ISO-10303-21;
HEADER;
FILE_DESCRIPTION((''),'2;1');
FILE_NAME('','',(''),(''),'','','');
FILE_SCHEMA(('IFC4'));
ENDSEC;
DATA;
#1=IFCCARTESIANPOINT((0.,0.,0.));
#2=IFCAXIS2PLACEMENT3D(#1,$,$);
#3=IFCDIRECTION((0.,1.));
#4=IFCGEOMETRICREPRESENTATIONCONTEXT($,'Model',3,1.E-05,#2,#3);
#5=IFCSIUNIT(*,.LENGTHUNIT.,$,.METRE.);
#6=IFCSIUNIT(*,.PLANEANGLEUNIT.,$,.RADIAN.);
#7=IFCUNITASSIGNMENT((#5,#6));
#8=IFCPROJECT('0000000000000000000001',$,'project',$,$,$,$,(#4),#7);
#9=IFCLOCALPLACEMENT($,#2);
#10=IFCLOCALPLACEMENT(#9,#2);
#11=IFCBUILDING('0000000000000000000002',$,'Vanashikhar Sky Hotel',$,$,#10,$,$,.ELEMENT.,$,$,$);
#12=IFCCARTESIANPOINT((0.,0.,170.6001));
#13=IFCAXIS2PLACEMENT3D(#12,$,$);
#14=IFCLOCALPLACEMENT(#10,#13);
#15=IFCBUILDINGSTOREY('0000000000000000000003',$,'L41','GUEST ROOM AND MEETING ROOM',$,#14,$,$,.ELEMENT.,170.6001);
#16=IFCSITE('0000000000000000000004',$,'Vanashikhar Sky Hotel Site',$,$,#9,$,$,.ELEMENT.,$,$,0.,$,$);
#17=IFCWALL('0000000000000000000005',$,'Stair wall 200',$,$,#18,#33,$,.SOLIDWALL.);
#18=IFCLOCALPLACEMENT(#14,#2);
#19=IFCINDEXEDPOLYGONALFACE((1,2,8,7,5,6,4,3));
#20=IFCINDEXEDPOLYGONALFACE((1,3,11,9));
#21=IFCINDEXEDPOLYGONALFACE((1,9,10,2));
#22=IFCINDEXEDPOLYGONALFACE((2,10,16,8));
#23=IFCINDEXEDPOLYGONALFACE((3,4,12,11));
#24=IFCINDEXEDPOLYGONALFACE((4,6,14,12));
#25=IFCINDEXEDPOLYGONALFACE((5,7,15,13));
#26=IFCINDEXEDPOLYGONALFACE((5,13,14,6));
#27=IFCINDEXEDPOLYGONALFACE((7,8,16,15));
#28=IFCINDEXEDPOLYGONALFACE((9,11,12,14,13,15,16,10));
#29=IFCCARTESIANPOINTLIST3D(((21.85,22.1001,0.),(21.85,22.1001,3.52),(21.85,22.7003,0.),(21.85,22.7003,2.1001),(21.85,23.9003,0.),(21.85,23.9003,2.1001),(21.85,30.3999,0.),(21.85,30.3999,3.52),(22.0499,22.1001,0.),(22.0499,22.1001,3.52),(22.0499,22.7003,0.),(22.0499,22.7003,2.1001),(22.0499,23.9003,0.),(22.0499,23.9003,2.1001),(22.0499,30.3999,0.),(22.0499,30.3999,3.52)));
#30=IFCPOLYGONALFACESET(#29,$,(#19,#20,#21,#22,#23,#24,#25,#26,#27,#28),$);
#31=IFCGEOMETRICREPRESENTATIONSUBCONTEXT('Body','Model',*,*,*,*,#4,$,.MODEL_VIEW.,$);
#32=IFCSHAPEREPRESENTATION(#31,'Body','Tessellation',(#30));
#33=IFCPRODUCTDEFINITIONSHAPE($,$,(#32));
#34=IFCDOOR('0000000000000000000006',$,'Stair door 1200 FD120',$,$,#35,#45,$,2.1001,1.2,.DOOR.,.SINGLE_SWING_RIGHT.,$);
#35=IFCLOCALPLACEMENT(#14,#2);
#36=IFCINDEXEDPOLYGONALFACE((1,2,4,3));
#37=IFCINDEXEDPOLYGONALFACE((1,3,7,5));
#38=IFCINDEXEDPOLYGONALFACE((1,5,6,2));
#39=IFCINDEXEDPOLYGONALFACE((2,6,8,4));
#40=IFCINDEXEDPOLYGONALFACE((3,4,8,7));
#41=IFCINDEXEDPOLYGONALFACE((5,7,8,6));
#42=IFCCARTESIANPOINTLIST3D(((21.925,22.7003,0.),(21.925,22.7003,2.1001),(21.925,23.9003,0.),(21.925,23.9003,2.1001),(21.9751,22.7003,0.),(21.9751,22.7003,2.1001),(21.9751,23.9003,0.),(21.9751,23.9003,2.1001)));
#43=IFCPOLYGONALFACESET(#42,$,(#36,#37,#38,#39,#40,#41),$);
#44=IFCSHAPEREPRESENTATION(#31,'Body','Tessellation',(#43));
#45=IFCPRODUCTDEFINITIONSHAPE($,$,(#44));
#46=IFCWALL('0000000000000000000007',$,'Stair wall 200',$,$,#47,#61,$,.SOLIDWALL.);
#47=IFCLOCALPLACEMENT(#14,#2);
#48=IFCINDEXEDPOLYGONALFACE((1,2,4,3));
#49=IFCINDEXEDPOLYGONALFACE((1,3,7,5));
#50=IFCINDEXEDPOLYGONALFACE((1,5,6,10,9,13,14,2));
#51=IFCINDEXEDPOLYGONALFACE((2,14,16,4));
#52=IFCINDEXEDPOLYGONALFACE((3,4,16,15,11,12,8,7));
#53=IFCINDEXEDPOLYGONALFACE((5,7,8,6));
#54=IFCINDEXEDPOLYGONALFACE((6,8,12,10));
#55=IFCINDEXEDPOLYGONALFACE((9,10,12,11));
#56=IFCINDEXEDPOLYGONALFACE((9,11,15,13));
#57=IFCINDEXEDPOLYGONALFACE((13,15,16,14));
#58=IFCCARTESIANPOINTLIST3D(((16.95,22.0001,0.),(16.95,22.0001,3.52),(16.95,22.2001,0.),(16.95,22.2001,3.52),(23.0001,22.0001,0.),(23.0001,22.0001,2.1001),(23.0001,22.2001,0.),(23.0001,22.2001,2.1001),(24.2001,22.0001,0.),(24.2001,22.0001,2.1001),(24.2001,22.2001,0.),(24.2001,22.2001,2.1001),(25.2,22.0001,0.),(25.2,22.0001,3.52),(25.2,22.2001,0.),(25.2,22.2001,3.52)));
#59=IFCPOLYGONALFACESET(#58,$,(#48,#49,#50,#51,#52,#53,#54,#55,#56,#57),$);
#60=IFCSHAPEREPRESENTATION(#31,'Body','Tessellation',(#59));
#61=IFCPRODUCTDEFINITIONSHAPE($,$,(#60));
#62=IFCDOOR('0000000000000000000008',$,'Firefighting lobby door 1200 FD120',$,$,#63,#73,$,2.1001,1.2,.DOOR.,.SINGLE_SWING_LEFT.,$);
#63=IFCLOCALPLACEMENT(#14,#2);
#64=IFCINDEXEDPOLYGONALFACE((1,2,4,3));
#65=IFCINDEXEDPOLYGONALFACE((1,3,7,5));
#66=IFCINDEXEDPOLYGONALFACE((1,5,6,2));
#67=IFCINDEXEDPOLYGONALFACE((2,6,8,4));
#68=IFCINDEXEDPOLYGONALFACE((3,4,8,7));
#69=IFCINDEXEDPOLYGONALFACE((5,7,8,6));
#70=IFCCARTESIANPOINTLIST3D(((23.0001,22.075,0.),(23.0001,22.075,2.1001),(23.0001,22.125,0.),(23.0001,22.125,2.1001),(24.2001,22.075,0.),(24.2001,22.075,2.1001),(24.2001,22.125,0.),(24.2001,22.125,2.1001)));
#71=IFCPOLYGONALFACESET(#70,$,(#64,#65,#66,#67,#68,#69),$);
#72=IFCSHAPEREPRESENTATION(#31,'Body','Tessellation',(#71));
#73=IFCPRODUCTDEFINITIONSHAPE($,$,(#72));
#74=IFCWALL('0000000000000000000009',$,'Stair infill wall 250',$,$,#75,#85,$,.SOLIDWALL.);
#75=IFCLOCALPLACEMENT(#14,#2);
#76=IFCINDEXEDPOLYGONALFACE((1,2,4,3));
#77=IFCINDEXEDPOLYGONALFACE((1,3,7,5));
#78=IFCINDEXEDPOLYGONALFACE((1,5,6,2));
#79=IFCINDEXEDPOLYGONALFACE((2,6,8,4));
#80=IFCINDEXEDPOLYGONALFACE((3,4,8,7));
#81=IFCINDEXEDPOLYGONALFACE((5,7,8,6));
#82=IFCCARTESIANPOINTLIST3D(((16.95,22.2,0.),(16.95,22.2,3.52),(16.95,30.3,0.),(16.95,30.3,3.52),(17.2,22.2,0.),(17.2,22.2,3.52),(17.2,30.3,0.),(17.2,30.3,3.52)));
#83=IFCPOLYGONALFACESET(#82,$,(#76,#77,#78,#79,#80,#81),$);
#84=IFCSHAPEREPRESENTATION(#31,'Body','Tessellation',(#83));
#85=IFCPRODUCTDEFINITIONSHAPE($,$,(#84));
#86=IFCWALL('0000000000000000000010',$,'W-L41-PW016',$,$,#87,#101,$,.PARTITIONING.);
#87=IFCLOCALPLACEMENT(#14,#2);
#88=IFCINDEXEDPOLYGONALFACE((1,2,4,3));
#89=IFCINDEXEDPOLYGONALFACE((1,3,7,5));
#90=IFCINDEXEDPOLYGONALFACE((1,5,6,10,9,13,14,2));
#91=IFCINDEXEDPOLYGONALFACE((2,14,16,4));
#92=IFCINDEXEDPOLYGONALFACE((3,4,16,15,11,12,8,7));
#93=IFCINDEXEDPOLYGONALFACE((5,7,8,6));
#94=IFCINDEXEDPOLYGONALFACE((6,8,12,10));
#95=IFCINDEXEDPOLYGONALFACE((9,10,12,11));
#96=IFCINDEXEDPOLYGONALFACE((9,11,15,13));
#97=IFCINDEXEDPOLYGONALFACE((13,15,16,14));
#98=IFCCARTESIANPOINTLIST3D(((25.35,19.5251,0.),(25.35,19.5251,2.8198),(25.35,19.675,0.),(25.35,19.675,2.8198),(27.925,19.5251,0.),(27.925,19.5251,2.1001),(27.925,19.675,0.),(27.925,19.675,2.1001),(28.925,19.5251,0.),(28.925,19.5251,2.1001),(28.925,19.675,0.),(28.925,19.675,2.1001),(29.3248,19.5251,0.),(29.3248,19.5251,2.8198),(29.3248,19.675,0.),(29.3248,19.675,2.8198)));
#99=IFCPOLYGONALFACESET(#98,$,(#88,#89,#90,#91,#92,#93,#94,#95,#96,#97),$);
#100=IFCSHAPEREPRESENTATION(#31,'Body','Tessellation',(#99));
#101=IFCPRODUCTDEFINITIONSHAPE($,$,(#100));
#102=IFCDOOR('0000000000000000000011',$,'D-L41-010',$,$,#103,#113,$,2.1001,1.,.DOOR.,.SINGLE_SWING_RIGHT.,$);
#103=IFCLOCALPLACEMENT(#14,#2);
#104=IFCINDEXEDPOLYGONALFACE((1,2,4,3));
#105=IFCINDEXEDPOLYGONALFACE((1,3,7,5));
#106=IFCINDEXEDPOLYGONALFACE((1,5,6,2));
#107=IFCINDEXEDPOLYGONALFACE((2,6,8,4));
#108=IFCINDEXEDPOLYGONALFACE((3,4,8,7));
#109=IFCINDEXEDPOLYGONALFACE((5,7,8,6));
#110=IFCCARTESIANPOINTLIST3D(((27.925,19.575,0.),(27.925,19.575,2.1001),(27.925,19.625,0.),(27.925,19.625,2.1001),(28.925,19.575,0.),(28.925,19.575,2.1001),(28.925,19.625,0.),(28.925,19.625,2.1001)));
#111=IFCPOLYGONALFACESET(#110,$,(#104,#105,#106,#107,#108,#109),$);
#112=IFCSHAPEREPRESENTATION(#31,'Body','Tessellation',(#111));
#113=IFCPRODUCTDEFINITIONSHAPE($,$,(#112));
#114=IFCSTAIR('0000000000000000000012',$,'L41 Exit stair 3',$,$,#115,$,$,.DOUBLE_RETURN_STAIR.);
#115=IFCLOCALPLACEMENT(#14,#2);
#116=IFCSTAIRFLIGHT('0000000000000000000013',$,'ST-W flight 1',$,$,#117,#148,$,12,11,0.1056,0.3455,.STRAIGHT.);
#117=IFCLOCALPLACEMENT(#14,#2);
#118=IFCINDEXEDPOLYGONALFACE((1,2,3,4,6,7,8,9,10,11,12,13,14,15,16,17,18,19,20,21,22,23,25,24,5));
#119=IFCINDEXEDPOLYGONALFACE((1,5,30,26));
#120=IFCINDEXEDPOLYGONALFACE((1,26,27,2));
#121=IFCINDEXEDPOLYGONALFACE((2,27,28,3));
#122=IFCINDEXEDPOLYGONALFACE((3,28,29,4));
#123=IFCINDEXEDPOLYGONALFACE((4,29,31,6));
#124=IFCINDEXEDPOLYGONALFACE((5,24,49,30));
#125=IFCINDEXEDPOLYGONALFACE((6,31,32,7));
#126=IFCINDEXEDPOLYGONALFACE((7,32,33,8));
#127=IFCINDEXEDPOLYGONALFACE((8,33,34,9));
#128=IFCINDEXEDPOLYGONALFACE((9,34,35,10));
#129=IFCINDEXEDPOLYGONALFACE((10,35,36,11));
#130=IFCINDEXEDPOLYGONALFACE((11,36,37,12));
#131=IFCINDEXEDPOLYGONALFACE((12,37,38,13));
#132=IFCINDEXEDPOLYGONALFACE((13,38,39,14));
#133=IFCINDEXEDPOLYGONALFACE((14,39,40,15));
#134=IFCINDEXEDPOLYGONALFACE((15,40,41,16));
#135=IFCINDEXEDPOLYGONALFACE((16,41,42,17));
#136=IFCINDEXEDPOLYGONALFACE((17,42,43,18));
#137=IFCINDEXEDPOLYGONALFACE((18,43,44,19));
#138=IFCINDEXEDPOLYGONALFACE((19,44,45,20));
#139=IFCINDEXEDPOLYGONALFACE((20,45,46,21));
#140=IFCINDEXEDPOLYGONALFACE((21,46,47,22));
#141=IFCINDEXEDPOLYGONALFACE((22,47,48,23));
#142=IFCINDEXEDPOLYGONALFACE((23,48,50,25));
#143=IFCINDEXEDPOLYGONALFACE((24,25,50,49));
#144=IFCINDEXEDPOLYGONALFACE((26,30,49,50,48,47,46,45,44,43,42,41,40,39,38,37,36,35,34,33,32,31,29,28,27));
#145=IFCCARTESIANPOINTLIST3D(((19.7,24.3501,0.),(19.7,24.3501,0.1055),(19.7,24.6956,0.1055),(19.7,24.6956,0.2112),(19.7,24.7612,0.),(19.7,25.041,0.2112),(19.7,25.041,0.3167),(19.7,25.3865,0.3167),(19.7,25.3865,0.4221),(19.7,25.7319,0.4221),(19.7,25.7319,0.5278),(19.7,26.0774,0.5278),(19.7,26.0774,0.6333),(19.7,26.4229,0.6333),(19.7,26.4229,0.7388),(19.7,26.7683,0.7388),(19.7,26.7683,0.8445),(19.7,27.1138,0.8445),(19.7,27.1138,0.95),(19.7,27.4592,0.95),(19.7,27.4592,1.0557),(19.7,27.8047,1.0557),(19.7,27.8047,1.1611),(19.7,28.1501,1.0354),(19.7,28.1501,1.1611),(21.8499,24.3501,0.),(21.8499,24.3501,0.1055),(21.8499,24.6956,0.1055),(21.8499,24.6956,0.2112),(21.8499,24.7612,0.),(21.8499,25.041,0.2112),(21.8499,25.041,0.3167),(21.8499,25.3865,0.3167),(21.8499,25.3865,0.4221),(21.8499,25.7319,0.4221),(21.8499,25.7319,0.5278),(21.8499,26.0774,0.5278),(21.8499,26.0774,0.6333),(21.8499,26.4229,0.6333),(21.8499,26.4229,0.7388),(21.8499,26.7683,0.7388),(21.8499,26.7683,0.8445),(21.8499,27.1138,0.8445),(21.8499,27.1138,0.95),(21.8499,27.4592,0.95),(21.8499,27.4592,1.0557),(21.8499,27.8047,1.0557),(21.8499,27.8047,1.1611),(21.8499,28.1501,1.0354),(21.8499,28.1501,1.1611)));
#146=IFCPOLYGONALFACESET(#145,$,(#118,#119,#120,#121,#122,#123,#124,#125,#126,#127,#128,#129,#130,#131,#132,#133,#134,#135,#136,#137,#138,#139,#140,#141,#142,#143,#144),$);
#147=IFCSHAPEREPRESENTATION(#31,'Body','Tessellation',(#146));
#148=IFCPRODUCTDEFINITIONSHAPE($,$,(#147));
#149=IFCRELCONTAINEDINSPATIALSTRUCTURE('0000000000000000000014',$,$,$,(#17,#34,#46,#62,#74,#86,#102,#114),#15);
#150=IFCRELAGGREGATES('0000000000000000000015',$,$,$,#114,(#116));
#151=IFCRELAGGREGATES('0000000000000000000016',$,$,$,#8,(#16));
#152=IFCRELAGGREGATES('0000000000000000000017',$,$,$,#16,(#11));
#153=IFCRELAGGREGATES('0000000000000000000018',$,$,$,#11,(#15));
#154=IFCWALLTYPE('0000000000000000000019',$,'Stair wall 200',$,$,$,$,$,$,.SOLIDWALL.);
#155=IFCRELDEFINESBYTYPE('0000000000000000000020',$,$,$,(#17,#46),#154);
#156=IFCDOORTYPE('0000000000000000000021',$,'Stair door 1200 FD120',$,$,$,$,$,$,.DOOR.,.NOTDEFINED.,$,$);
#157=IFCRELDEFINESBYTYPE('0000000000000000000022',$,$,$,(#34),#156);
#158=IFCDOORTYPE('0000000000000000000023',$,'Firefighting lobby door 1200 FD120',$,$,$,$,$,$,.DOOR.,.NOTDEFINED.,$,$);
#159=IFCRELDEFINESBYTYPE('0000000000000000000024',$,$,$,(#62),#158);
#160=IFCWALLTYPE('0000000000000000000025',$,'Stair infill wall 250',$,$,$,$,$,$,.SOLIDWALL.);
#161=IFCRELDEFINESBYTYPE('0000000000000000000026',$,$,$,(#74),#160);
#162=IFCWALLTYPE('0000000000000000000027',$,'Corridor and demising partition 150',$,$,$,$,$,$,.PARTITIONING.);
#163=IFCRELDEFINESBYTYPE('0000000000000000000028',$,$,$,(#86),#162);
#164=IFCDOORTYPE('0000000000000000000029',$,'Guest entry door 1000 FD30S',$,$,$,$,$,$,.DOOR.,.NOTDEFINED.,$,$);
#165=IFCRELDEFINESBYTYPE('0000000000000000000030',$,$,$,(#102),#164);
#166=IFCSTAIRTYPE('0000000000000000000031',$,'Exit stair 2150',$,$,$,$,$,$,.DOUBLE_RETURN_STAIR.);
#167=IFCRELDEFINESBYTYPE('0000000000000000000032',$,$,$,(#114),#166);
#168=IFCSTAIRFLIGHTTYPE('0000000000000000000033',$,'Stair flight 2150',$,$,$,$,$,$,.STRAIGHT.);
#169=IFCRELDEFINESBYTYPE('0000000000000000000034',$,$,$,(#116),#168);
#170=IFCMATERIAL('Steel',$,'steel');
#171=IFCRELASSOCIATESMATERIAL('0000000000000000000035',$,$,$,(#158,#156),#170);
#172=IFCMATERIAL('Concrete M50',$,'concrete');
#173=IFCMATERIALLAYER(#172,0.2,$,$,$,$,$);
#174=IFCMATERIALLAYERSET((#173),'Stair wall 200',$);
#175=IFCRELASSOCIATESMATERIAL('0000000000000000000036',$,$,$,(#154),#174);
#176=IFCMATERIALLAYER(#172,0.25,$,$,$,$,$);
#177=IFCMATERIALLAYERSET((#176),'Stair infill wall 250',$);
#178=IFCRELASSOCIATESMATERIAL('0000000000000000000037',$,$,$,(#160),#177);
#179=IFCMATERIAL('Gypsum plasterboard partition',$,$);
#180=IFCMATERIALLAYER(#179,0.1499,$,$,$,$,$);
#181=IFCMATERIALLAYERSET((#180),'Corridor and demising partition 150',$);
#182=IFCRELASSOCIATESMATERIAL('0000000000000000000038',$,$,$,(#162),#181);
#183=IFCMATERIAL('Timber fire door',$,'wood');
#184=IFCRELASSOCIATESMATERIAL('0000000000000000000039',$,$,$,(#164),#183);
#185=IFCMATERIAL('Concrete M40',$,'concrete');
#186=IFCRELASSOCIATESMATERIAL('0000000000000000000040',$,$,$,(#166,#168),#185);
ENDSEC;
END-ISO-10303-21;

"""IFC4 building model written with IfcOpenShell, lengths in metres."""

from ifc_helpers import new_model, si_unit, direction, frame, frame_2d, origin, place, context, subcontext, project, spatial, polyline, rectangle, outline, extrude, source, transform, mapped, material, layer, layer_set, type_object, element, fill, aggregate, save


model = new_model("IFC4")

# Units and contexts
model_context = context("Model", 3, precision=1e-05, world=origin(), true_north=direction((0.0, 1.0)))
body_context = subcontext(model_context, "Body", "Model", "MODEL_VIEW")
ifc_project = project(units=[si_unit("LENGTHUNIT", "METRE"), si_unit("PLANEANGLEUNIT", "RADIAN")], contexts=[model_context])

# Site, building, storey
site_placement = place(None, origin())
site = spatial("IfcSite", under=ifc_project, at=site_placement, Name="Vanashikhar Sky Hotel Site", CompositionType="ELEMENT", RefElevation=0.0)
building_placement = place(site_placement, origin())
building = spatial("IfcBuilding", under=site, at=building_placement, Name="Vanashikhar Sky Hotel", CompositionType="ELEMENT")
storey_placement = place(building_placement, frame((0.0, 0.0, 170.6001)))
storey = spatial("IfcBuildingStorey", under=building, at=storey_placement, Name="L41", Description="GUEST ROOM AND MEETING ROOM", CompositionType="ELEMENT", Elevation=170.6001)

# Shared definitions
ifc_material_1 = material(Name="Steel", Category="steel")
door_type_1 = type_object("IfcDoorType", Name="Firefighting lobby door 1200 FD120", OperationType="NOTDEFINED", PredefinedType="DOOR", material=ifc_material_1)

# Walls, openings, doors
ifc_material_2 = material(Name="Concrete M50", Category="concrete")
ifc_layer_1 = layer(ifc_material_2, 0.2)
ifc_layer_set_1 = layer_set([ifc_layer_1], Name="Stair wall 200")
wall_type_1 = type_object("IfcWallType", Name="Stair wall 200", PredefinedType="SOLIDWALL", material=ifc_layer_set_1)
shared_shape_1 = source(origin(), body_context, "Body", "SweptSolid", [
    extrude(rectangle(XDim=8.2998, YDim=0.2, at=frame_2d((4.1499, 0.0))), origin(), (0.0, 0.0, 1.0), 3.52),
])
wall_1_placement = place(storey_placement, frame((21.95, 22.1001, 0.0), z_axis=(0.0, 0.0, 1.0), x_axis=(0.0, 1.0, 0.0)))
wall_1 = element("IfcWall", 1, at=wall_1_placement, inside=storey, type_object=wall_type_1, Name="Stair wall 200", PredefinedType="SOLIDWALL", context=body_context, shape_type="MappedRepresentation", body=[
    mapped(shared_shape_1, transform((0.0, 0.0, 0.0), scale=1.0)),
])
shared_shape_2 = source(origin(), body_context, "Body", "SweptSolid", [
    extrude(rectangle(XDim=1.2, YDim=2.1001, at=frame_2d((0.6001, 1.05))), frame((0.0, 0.1099, 0.0), z_axis=(0.0, -1.0, 0.0), x_axis=(1.0, 0.0, 0.0)), (0.0, 0.0, 1.0), 0.22),
])
opening_1_placement = place(wall_1_placement, frame((0.6001, 0.0, 0.0)))
opening_1 = element("IfcOpeningElement", 2, at=opening_1_placement, cuts=wall_1, PredefinedType="OPENING", context=body_context, shape_type="MappedRepresentation", body=[
    mapped(shared_shape_2, transform((0.0, 0.0, 0.0), scale=1.0)),
])
door_type_2 = type_object("IfcDoorType", Name="Stair door 1200 FD120", OperationType="NOTDEFINED", PredefinedType="DOOR", material=ifc_material_1)
shared_shape_3 = source(origin(), body_context, "Body", "SweptSolid", [
    extrude(rectangle(XDim=1.2, YDim=2.1001, at=frame_2d((0.6001, 1.05))), frame((0.0, 0.0249, 0.0), z_axis=(0.0, -1.0, 0.0), x_axis=(1.0, 0.0, 0.0)), (0.0, 0.0, 1.0), 0.05),
])
door_1_placement = place(opening_1_placement, origin())
door_1 = element("IfcDoor", 3, at=door_1_placement, inside=storey, type_object=door_type_2, Name="Stair door 1200 FD120", OperationType="SINGLE_SWING_RIGHT", OverallHeight=2.1001, OverallWidth=1.2, PredefinedType="DOOR", context=body_context, shape_type="MappedRepresentation", body=[
    mapped(shared_shape_3, transform((0.0, 0.0, 0.0), scale=1.0)),
])
fill(opening_1, door_1)
shared_shape_4 = source(origin(), body_context, "Body", "SweptSolid", [
    extrude(rectangle(XDim=8.25, YDim=0.2, at=frame_2d((4.125, 0.0))), origin(), (0.0, 0.0, 1.0), 3.52),
])
wall_2_placement = place(storey_placement, frame((16.95, 22.1001, 0.0), z_axis=(0.0, 0.0, 1.0), x_axis=(1.0, 0.0, 0.0)))
wall_2 = element("IfcWall", 4, at=wall_2_placement, inside=storey, type_object=wall_type_1, Name="Stair wall 200", PredefinedType="SOLIDWALL", context=body_context, shape_type="MappedRepresentation", body=[
    mapped(shared_shape_4, transform((0.0, 0.0, 0.0), scale=1.0)),
])
opening_2_placement = place(wall_2_placement, frame((6.05, 0.0, 0.0)))
opening_2 = element("IfcOpeningElement", 5, at=opening_2_placement, cuts=wall_2, PredefinedType="OPENING", context=body_context, shape_type="MappedRepresentation", body=[
    mapped(shared_shape_2, transform((0.0, 0.0, 0.0), scale=1.0)),
])
door_2_placement = place(opening_2_placement, origin())
door_2 = element("IfcDoor", 6, at=door_2_placement, inside=storey, type_object=door_type_1, Name="Firefighting lobby door 1200 FD120", OperationType="SINGLE_SWING_LEFT", OverallHeight=2.1001, OverallWidth=1.2, PredefinedType="DOOR", context=body_context, shape_type="MappedRepresentation", body=[
    mapped(shared_shape_3, transform((0.0, 0.0, 0.0), scale=1.0)),
])
fill(opening_2, door_2)

# Wall
ifc_layer_2 = layer(ifc_material_2, 0.25)
ifc_layer_set_2 = layer_set([ifc_layer_2], Name="Stair infill wall 250")
wall_type_2 = type_object("IfcWallType", Name="Stair infill wall 250", PredefinedType="SOLIDWALL", material=ifc_layer_set_2)
shared_shape_5 = source(origin(), body_context, "Body", "SweptSolid", [
    extrude(rectangle(XDim=8.1001, YDim=0.25, at=frame_2d((4.05, 0.0))), origin(), (0.0, 0.0, 1.0), 3.52),
])
wall_3_placement = place(storey_placement, frame((17.075, 22.2, 0.0), z_axis=(0.0, 0.0, 1.0), x_axis=(0.0, 1.0, 0.0)))
element("IfcWall", 7, at=wall_3_placement, inside=storey, type_object=wall_type_2, Name="Stair infill wall 250", PredefinedType="SOLIDWALL", context=body_context, shape_type="MappedRepresentation", body=[
    mapped(shared_shape_5, transform((0.0, 0.0, 0.0), scale=1.0)),
])

# Wall, opening, door
ifc_material_3 = material(Name="Gypsum plasterboard partition")
ifc_layer_3 = layer(ifc_material_3, 0.1499)
ifc_layer_set_3 = layer_set([ifc_layer_3], Name="Corridor and demising partition 150")
wall_type_3 = type_object("IfcWallType", Name="Corridor and demising partition 150", PredefinedType="PARTITIONING", material=ifc_layer_set_3)
shared_shape_6 = source(origin(), body_context, "Body", "SweptSolid", [
    extrude(rectangle(XDim=3.9749, YDim=0.1499, at=frame_2d((1.9873, 0.0))), origin(), (0.0, 0.0, 1.0), 2.8198),
])
wall_4_placement = place(storey_placement, frame((25.3501, 19.6001, 0.0), z_axis=(0.0, 0.0, 1.0), x_axis=(1.0, 0.0, 0.0)))
wall_4 = element("IfcWall", 8, at=wall_4_placement, inside=storey, type_object=wall_type_3, Name="W-L41-PW016", PredefinedType="PARTITIONING", context=body_context, shape_type="MappedRepresentation", body=[
    mapped(shared_shape_6, transform((0.0, 0.0, 0.0), scale=1.0)),
])
shared_shape_7 = source(origin(), body_context, "Body", "SweptSolid", [
    extrude(rectangle(XDim=1.0, YDim=2.1001, at=frame_2d((0.5, 1.05))), frame((0.0, 0.085, 0.0), z_axis=(0.0, -1.0, 0.0), x_axis=(1.0, 0.0, 0.0)), (0.0, 0.0, 1.0), 0.1699),
])
opening_3_placement = place(wall_4_placement, frame((2.575, 0.0, 0.0)))
opening_3 = element("IfcOpeningElement", 9, at=opening_3_placement, cuts=wall_4, PredefinedType="OPENING", context=body_context, shape_type="MappedRepresentation", body=[
    mapped(shared_shape_7, transform((0.0, 0.0, 0.0), scale=1.0)),
])
ifc_material_4 = material(Name="Timber fire door", Category="wood")
door_type_3 = type_object("IfcDoorType", Name="Guest entry door 1000 FD30S", OperationType="NOTDEFINED", PredefinedType="DOOR", material=ifc_material_4)
shared_shape_8 = source(origin(), body_context, "Body", "SweptSolid", [
    extrude(rectangle(XDim=1.0, YDim=2.1001, at=frame_2d((0.5, 1.05))), frame((0.0, 0.0249, 0.0), z_axis=(0.0, -1.0, 0.0), x_axis=(1.0, 0.0, 0.0)), (0.0, 0.0, 1.0), 0.05),
])
door_3_placement = place(opening_3_placement, origin())
door_3 = element("IfcDoor", 10, at=door_3_placement, inside=storey, type_object=door_type_3, Name="D-L41-010", OperationType="SINGLE_SWING_RIGHT", OverallHeight=2.1001, OverallWidth=1.0, PredefinedType="DOOR", context=body_context, shape_type="MappedRepresentation", body=[
    mapped(shared_shape_8, transform((0.0, 0.0, 0.0), scale=1.0)),
])
fill(opening_3, door_3)

# Stair, stair flight
ifc_material_5 = material(Name="Concrete M40", Category="concrete")
stair_type = type_object("IfcStairType", Name="Exit stair 2150", PredefinedType="DOUBLE_RETURN_STAIR", material=ifc_material_5)
stair_placement = place(storey_placement, origin())
stair = element("IfcStair", 11, at=stair_placement, inside=storey, type_object=stair_type, Name="L41 Exit stair 3", PredefinedType="DOUBLE_RETURN_STAIR")
stair_flight_type = type_object("IfcStairFlightType", Name="Stair flight 2150", PredefinedType="STRAIGHT", material=ifc_material_5)
shared_shape_9 = source(origin(), body_context, "Body", "SweptSolid", [
    extrude(outline(polyline([(0.0, 0.0), (0.0, 0.1055), (0.3455, 0.1055), (0.3455, 0.2112), (0.6909, 0.2112), (0.6909, 0.3167), (1.0364, 0.3167), (1.0364, 0.4221), (1.3818, 0.4221), (1.3818, 0.5278), (1.7273, 0.5278), (1.7273, 0.6333), (2.0728, 0.6333), (2.0728, 0.7388), (2.4182, 0.7388), (2.4182, 0.8445), (2.7637, 0.8445), (2.7637, 0.95), (3.1091, 0.95), (3.1091, 1.0557), (3.4546, 1.0557), (3.4546, 1.1611), (3.8, 1.1611), (3.8, 1.2666), (3.8, 1.0354), (0.4111, 0.0), (0.0, 0.0)])), frame((0.0, 1.075, 0.0), z_axis=(0.0, -1.0, 0.0), x_axis=(1.0, 0.0, 0.0)), (0.0, 0.0, 1.0), 2.1499),
])
stair_flight_1_placement = place(storey_placement, frame((20.7749, 24.3501, 0.0), z_axis=(0.0, 0.0, 1.0), x_axis=(0.0, 1.0, 0.0)))
stair_flight_1 = element("IfcStairFlight", 12, at=stair_flight_1_placement, type_object=stair_flight_type, Name="ST-W flight 1", NumberOfRisers=12, NumberOfTreads=11, PredefinedType="STRAIGHT", RiserHeight=0.1056, TreadLength=0.3455, context=body_context, shape_type="MappedRepresentation", body=[
    mapped(shared_shape_9, transform((0.0, 0.0, 0.0), scale=1.0)),
])
aggregate(stair, [stair_flight_1])

save(model, "model.ifc")
